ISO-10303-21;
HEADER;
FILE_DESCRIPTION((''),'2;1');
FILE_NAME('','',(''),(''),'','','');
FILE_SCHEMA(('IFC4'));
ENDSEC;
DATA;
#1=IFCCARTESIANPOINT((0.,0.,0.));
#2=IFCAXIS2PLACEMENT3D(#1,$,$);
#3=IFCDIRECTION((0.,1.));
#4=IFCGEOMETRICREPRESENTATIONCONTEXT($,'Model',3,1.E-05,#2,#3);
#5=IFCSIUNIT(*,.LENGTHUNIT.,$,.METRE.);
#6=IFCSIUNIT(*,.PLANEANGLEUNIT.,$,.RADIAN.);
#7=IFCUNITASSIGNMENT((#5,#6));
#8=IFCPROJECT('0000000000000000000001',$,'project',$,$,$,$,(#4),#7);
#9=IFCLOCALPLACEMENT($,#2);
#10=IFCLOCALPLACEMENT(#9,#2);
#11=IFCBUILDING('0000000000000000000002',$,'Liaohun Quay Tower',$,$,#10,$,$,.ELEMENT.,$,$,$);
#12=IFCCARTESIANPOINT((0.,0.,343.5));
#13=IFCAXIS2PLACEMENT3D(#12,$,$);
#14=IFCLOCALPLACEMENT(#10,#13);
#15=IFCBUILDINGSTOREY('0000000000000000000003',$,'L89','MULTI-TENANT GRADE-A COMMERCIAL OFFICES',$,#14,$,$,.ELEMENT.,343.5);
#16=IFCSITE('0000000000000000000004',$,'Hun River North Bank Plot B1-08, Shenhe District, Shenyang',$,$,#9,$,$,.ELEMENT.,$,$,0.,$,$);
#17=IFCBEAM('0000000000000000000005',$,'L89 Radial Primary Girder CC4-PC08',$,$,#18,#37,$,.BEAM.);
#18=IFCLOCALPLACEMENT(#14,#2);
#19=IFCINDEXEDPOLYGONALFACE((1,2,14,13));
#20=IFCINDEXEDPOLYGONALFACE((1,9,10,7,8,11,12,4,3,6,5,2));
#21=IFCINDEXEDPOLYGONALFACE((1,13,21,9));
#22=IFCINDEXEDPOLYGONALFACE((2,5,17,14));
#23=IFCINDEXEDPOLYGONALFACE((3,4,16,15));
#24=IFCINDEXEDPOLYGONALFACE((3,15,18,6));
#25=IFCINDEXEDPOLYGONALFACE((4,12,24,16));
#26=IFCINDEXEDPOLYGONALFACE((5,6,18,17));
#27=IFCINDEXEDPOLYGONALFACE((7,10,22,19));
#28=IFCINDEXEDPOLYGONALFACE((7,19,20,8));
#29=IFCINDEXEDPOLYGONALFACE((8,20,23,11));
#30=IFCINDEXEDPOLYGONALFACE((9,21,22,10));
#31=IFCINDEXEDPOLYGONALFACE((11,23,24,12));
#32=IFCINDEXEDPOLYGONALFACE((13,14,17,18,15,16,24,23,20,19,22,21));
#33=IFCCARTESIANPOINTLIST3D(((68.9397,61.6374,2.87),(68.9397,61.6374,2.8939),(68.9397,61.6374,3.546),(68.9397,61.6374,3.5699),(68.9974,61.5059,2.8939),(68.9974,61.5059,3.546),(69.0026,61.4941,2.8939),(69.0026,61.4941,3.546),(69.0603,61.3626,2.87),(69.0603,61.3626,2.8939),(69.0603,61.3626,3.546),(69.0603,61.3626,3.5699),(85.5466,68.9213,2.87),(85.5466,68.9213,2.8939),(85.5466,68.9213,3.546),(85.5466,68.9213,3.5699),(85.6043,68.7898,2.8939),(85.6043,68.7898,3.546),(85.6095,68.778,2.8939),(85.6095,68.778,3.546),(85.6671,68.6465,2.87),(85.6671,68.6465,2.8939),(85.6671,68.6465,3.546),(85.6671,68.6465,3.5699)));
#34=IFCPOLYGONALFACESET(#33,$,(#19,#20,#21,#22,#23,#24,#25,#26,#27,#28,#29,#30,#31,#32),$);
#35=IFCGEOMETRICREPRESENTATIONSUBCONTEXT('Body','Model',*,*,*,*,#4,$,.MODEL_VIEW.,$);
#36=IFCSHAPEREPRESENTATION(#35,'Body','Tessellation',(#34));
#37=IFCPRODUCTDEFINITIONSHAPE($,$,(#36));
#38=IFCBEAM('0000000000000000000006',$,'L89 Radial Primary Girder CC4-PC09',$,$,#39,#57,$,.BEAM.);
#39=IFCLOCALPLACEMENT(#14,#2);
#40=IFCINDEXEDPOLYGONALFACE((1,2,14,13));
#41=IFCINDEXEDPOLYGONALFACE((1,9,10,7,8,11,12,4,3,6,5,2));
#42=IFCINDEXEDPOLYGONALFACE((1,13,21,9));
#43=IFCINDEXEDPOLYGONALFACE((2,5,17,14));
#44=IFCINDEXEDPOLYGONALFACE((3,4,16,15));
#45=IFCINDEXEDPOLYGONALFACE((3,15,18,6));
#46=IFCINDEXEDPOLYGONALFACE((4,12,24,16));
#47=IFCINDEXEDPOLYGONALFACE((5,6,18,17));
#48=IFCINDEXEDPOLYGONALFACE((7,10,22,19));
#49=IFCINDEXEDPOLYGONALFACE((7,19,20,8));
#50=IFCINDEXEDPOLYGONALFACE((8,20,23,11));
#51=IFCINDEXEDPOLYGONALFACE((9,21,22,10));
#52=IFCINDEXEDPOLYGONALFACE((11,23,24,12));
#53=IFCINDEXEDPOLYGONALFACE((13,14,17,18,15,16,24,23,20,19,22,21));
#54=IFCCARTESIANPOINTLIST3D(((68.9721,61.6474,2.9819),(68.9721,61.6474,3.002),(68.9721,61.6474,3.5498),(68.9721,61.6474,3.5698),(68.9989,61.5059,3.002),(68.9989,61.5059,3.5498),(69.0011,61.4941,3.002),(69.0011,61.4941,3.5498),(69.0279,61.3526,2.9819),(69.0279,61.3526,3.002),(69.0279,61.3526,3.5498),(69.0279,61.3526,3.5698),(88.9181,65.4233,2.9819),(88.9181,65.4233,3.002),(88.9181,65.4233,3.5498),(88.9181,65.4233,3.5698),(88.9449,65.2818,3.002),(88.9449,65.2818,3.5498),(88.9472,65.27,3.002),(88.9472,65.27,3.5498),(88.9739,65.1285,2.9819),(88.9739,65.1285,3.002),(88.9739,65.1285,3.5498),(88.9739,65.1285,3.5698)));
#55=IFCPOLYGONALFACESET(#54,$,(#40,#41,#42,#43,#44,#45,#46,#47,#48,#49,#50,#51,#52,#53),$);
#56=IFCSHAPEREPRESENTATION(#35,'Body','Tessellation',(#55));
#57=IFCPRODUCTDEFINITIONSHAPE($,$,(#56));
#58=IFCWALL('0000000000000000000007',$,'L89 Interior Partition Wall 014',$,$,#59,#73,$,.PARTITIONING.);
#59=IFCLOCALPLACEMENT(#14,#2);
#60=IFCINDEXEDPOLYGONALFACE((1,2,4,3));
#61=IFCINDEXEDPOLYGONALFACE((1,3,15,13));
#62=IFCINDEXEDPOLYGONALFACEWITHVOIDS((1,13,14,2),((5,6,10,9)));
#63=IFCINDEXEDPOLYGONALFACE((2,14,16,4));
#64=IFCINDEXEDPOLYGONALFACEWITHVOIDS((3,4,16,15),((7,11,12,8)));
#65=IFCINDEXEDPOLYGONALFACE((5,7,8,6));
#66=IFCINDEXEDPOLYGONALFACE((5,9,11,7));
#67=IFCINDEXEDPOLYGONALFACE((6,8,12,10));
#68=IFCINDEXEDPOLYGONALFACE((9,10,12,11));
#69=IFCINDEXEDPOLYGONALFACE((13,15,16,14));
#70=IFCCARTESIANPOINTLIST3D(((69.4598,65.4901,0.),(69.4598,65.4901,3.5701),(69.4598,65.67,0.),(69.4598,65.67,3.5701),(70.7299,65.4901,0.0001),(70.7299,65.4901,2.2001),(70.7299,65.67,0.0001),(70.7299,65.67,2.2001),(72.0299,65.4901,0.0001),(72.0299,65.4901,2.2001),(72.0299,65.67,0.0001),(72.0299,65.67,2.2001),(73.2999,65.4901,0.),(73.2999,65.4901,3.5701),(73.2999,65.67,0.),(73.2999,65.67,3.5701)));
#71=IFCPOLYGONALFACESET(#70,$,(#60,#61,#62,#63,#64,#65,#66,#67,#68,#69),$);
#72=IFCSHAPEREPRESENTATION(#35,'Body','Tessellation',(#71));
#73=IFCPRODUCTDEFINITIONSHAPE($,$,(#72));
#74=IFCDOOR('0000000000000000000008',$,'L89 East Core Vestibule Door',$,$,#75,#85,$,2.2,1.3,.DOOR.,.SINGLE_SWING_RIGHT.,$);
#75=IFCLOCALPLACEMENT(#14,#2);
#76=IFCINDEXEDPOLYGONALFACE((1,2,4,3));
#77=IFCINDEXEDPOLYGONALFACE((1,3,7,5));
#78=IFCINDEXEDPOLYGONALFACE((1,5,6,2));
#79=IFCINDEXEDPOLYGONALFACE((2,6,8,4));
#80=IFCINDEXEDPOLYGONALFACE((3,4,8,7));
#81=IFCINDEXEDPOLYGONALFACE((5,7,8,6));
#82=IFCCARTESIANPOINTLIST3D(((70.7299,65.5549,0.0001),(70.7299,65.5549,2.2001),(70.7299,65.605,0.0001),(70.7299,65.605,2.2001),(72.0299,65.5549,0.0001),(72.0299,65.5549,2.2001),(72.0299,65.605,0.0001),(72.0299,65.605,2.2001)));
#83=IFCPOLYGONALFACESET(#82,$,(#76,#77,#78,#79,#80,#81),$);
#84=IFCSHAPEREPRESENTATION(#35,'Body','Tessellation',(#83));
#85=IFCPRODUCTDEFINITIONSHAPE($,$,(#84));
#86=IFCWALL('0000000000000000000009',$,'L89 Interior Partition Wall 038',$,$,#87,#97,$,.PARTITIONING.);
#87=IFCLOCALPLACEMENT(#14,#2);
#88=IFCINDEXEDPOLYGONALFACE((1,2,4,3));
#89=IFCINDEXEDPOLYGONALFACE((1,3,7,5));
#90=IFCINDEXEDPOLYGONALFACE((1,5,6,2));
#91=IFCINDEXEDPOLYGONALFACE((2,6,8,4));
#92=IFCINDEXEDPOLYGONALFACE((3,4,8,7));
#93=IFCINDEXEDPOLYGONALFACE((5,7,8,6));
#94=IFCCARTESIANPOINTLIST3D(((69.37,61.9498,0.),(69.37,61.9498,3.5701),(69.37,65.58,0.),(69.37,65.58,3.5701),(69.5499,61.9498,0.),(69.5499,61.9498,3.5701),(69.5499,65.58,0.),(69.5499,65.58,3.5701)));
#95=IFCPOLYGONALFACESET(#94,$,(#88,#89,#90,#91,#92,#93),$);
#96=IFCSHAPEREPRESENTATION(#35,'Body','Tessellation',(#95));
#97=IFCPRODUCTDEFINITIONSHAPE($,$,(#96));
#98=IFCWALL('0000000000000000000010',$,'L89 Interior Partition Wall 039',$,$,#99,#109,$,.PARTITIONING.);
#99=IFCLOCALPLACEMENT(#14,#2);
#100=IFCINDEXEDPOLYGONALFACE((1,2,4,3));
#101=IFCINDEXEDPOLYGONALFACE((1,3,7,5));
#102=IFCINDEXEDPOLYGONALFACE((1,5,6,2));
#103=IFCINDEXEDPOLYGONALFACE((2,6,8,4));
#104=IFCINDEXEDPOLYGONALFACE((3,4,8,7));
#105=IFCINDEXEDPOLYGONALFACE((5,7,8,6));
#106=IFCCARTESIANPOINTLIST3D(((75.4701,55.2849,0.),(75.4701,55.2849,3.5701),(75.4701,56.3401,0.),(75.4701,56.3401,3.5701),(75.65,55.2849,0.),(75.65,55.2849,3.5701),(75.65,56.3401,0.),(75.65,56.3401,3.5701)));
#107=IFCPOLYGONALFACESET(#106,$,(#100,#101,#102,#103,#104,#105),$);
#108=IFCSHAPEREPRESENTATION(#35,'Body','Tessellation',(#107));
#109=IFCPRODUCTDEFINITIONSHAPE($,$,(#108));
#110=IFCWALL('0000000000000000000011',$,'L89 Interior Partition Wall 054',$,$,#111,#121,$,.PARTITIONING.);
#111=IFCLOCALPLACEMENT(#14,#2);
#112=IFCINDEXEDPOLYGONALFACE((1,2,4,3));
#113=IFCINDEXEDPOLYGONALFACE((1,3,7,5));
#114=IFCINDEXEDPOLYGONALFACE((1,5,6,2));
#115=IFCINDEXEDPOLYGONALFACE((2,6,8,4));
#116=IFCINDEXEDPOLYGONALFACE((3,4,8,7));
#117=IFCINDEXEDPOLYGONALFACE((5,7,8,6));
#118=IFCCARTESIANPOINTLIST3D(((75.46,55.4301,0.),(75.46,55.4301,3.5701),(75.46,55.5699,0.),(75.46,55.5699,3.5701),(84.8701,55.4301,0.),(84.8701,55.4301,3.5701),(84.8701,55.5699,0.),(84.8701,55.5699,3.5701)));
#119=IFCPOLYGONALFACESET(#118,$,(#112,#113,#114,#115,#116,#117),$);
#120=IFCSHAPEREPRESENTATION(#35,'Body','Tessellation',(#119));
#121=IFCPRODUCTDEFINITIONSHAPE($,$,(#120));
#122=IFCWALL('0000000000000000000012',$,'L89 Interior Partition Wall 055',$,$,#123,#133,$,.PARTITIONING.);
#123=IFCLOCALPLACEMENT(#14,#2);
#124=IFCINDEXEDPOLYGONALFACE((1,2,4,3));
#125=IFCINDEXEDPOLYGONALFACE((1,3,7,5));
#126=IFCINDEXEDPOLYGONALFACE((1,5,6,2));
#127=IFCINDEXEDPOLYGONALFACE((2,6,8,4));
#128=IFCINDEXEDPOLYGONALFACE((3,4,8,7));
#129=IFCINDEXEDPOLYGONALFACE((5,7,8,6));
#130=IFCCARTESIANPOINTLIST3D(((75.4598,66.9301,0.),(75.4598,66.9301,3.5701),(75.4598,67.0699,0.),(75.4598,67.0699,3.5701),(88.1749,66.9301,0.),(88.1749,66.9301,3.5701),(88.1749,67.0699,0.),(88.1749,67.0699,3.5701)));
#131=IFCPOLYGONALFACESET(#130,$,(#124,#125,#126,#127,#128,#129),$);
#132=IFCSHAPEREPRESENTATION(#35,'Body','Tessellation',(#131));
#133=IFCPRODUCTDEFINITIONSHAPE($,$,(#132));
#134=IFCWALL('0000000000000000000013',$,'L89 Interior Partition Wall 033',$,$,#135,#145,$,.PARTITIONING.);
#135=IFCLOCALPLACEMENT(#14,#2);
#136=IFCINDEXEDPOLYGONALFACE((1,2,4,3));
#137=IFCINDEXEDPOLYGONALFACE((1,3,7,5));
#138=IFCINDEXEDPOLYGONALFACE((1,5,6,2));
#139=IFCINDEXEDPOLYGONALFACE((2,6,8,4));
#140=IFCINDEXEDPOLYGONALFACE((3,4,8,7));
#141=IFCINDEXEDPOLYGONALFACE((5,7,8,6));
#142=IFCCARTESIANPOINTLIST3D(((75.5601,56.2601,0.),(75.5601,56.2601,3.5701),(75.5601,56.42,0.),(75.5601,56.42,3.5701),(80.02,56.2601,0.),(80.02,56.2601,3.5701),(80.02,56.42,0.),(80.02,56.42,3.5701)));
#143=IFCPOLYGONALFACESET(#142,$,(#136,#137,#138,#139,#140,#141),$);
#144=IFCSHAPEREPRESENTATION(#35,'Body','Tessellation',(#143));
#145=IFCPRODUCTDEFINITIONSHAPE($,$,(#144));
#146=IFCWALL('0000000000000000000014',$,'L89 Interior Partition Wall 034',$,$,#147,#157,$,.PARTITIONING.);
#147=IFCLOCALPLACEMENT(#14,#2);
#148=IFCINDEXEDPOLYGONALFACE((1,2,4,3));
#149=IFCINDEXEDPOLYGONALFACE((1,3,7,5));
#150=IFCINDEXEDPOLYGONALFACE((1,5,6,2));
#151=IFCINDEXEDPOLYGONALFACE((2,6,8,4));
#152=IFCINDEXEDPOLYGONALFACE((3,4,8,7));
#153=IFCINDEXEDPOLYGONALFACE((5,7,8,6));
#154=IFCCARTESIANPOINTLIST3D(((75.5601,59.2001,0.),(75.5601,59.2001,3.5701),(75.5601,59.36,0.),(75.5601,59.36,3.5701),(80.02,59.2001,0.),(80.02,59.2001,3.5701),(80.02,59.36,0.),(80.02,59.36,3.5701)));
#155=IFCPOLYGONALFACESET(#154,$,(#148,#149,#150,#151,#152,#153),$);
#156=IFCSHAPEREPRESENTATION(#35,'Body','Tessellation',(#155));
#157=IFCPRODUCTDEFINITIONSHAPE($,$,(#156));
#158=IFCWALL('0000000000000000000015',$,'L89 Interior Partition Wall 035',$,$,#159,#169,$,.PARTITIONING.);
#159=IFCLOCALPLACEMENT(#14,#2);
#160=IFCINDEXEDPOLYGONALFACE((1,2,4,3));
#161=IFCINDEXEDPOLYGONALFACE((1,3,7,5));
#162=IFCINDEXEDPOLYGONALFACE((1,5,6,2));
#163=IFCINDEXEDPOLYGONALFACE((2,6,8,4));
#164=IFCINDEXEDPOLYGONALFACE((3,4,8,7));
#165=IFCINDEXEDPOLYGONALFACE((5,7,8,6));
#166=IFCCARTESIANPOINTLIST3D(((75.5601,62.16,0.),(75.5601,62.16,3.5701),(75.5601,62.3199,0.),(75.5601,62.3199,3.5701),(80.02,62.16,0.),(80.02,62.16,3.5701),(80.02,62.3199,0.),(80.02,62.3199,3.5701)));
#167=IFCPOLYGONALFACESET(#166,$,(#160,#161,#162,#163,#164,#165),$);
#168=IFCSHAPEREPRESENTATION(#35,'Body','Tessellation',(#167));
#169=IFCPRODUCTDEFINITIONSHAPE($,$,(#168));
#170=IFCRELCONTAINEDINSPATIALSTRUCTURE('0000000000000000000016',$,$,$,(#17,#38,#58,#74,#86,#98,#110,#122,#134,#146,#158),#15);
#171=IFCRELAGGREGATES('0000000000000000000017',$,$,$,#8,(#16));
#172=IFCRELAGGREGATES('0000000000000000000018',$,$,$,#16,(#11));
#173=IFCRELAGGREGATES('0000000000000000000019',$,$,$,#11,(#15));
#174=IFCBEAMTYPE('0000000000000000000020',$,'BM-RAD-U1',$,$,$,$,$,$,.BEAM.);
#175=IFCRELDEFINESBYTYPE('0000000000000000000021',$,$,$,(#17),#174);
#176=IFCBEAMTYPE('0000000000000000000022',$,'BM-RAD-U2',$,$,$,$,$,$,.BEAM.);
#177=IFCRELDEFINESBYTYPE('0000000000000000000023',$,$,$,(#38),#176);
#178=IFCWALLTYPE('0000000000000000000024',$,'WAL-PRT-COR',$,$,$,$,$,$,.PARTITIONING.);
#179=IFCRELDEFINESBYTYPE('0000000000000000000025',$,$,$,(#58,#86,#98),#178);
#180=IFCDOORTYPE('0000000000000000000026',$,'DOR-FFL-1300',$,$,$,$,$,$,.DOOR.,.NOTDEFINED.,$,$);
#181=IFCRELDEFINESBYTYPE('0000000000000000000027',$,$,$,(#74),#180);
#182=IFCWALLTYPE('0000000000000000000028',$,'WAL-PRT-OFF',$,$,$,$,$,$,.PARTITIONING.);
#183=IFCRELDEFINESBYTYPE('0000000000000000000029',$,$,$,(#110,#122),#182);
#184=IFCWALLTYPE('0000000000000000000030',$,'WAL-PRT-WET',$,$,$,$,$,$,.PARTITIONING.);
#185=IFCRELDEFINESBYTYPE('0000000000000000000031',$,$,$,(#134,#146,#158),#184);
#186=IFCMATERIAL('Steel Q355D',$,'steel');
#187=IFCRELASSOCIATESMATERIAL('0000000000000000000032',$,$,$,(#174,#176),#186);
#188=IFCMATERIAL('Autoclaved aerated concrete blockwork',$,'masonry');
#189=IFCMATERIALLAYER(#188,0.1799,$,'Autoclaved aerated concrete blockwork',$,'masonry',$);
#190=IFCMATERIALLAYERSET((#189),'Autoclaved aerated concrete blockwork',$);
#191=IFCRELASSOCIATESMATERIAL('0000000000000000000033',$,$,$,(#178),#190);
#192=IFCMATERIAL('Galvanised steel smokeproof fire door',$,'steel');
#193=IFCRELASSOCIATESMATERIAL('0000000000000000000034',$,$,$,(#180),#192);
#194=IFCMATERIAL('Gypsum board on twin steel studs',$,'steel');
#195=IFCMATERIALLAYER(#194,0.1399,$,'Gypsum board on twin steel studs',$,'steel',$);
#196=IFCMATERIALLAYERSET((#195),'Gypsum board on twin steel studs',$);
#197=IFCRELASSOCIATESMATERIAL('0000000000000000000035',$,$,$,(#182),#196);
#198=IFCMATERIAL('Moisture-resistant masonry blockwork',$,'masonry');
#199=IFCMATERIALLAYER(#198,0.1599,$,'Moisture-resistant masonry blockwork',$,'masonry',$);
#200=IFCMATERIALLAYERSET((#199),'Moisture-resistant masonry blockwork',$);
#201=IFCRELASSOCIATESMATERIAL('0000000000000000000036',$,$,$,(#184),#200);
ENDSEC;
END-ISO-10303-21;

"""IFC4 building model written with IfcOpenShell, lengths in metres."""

from ifc_helpers import new_model, si_unit, direction, frame, frame_2d, origin, origin_2d, place, context, subcontext, project, spatial, rectangle, i_section, extrude, source, transform, mapped, material, layer, layer_set, material_profile, profile_set, type_object, element, fill, save


model = new_model("IFC4")

# Units and contexts
model_context = context("Model", 3, precision=1e-05, world=origin(), true_north=direction((0.0, 1.0)))
body_context = subcontext(model_context, "Body", "Model", "MODEL_VIEW")
ifc_project = project(units=[si_unit("LENGTHUNIT", "METRE"), si_unit("PLANEANGLEUNIT", "RADIAN")], contexts=[model_context])

# Site, building, storey
site_placement = place(None, origin())
site = spatial("IfcSite", under=ifc_project, at=site_placement, Name="Hun River North Bank Plot B1-08, Shenhe District, Shenyang", CompositionType="ELEMENT", RefElevation=0.0)
building_placement = place(site_placement, origin())
building = spatial("IfcBuilding", under=site, at=building_placement, Name="Liaohun Quay Tower", CompositionType="ELEMENT")
storey_placement = place(building_placement, frame((0.0, 0.0, 343.5)))
storey = spatial("IfcBuildingStorey", under=building, at=storey_placement, Name="L89", Description="MULTI-TENANT GRADE-A COMMERCIAL OFFICES", CompositionType="ELEMENT", Elevation=343.5)

# Beams
ifc_material_1 = material(Name="Steel Q355D", Category="steel")
ifc_material_profile_1 = material_profile(ifc_material_1, i_section(OverallWidth=0.3, OverallDepth=0.7, WebThickness=0.0129, FlangeThickness=0.0239, at=origin_2d()), Name="HN700x300x13x24")
ifc_profile_set_1 = profile_set([ifc_material_profile_1], Name="Steel Q355D")
beam_type_1 = type_object("IfcBeamType", Name="BM-RAD-U1", PredefinedType="BEAM", material=ifc_profile_set_1)
shared_shape_1 = source(origin(), body_context, "Body", "SweptSolid", [
    extrude(i_section(OverallWidth=0.3, OverallDepth=0.7, WebThickness=0.0129, FlangeThickness=0.0239, at=origin_2d()), origin(), (0.0, 0.0, 1.0), 18.134),
])
beam_1_placement = place(storey_placement, frame((69.0, 61.5, 3.22), z_axis=(0.915784, 0.40167, 0.0), x_axis=(-0.40167, 0.915784, 0.0)))
element("IfcBeam", 1, at=beam_1_placement, inside=storey, type_object=beam_type_1, Name="L89 Radial Primary Girder CC4-PC08", PredefinedType="BEAM", context=body_context, shape_type="MappedRepresentation", body=[
    mapped(shared_shape_1, transform((0.0, 0.0, 0.0), x_axis=(1.0, 0.0, 0.0), y_axis=(0.0, 1.0, 0.0), z_axis=(0.0, 0.0, 1.0), scale=1.0)),
])
ifc_material_profile_2 = material_profile(ifc_material_1, i_section(OverallWidth=0.3, OverallDepth=0.5879, WebThickness=0.012, FlangeThickness=0.02, at=origin_2d()), Name="HM588x300x12x20")
ifc_profile_set_2 = profile_set([ifc_material_profile_2], Name="Steel Q355D")
beam_type_2 = type_object("IfcBeamType", Name="BM-RAD-U2", PredefinedType="BEAM", material=ifc_profile_set_2)
shared_shape_2 = source(origin(), body_context, "Body", "SweptSolid", [
    extrude(i_section(OverallWidth=0.3, OverallDepth=0.5879, WebThickness=0.012, FlangeThickness=0.02, at=origin_2d()), origin(), (0.0, 0.0, 1.0), 20.3003),
])
beam_2_placement = place(storey_placement, frame((69.0, 61.5, 3.2759), z_axis=(0.98255, 0.186001, 0.0), x_axis=(-0.186001, 0.98255, 0.0)))
element("IfcBeam", 2, at=beam_2_placement, inside=storey, type_object=beam_type_2, Name="L89 Radial Primary Girder CC4-PC09", PredefinedType="BEAM", context=body_context, shape_type="MappedRepresentation", body=[
    mapped(shared_shape_2, transform((0.0, 0.0, 0.0), x_axis=(1.0, 0.0, 0.0), y_axis=(0.0, 1.0, 0.0), z_axis=(0.0, 0.0, 1.0), scale=1.0)),
])

# Wall, opening, door
ifc_material_2 = material(Name="Autoclaved aerated concrete blockwork", Category="masonry")
ifc_layer_1 = layer(ifc_material_2, 0.1799, Name="Autoclaved aerated concrete blockwork", Category="masonry")
ifc_layer_set_1 = layer_set([ifc_layer_1], Name="Autoclaved aerated concrete blockwork")
wall_type_1 = type_object("IfcWallType", Name="WAL-PRT-COR", PredefinedType="PARTITIONING", material=ifc_layer_set_1)
wall_1_placement = place(storey_placement, frame((69.46, 65.5801, 0.0), z_axis=(0.0, 0.0, 1.0), x_axis=(1.0, 0.0, 0.0)))
wall_1 = element("IfcWall", 3, at=wall_1_placement, inside=storey, type_object=wall_type_1, Name="L89 Interior Partition Wall 014", PredefinedType="PARTITIONING", context=body_context, shape_type="SweptSolid", body=[
    extrude(rectangle(XDim=3.8401, YDim=0.1799, at=frame_2d((1.9199, 0.0))), origin(), (0.0, 0.0, 1.0), 3.5701),
])
shared_shape_3 = source(origin(), body_context, "Body", "SweptSolid", [
    extrude(rectangle(XDim=1.3, YDim=2.2, at=frame_2d((0.6499, 1.1001))), frame((0.0, 0.0999, 0.0), z_axis=(0.0, -1.0, 0.0), x_axis=(1.0, 0.0, 0.0)), (0.0, 0.0, 1.0), 0.2),
])
opening_1_placement = place(wall_1_placement, frame((1.27, 0.0, 0.0)))
opening_1 = element("IfcOpeningElement", 4, at=opening_1_placement, cuts=wall_1, PredefinedType="OPENING", context=body_context, shape_type="MappedRepresentation", body=[
    mapped(shared_shape_3, transform((0.0, 0.0, 0.0), x_axis=(1.0, 0.0, 0.0), y_axis=(0.0, 1.0, 0.0), z_axis=(0.0, 0.0, 1.0), scale=1.0)),
])
ifc_material_3 = material(Name="Galvanised steel smokeproof fire door", Category="steel")
door_type_1 = type_object("IfcDoorType", Name="DOR-FFL-1300", OperationType="NOTDEFINED", PredefinedType="DOOR", material=ifc_material_3)
shared_shape_4 = source(origin(), body_context, "Body", "SweptSolid", [
    extrude(rectangle(XDim=1.3, YDim=2.2, at=frame_2d((0.6499, 1.1001))), frame((0.0, 0.0249, 0.0), z_axis=(0.0, -1.0, 0.0), x_axis=(1.0, 0.0, 0.0)), (0.0, 0.0, 1.0), 0.05),
])
door_1_placement = place(opening_1_placement, origin())
door_1 = element("IfcDoor", 5, at=door_1_placement, inside=storey, type_object=door_type_1, Name="L89 East Core Vestibule Door", OperationType="SINGLE_SWING_RIGHT", OverallHeight=2.2, OverallWidth=1.3, PredefinedType="DOOR", context=body_context, shape_type="MappedRepresentation", body=[
    mapped(shared_shape_4, transform((0.0, 0.0, 0.0), x_axis=(1.0, 0.0, 0.0), y_axis=(0.0, 1.0, 0.0), z_axis=(0.0, 0.0, 1.0), scale=1.0)),
])
fill(opening_1, door_1)

# Walls
wall_2_placement = place(storey_placement, frame((69.46, 61.95, 0.0), z_axis=(0.0, 0.0, 1.0), x_axis=(0.0, 1.0, 0.0)))
element("IfcWall", 6, at=wall_2_placement, inside=storey, type_object=wall_type_1, Name="L89 Interior Partition Wall 038", PredefinedType="PARTITIONING", context=body_context, shape_type="SweptSolid", body=[
    extrude(rectangle(XDim=3.6301, YDim=0.1799, at=frame_2d((1.8149, 0.0))), origin(), (0.0, 0.0, 1.0), 3.5701),
])
wall_3_placement = place(storey_placement, frame((75.5601, 56.3401, 0.0), z_axis=(0.0, 0.0, 1.0), x_axis=(0.0, -1.0, 0.0)))
element("IfcWall", 7, at=wall_3_placement, inside=storey, type_object=wall_type_1, Name="L89 Interior Partition Wall 039", PredefinedType="PARTITIONING", context=body_context, shape_type="SweptSolid", body=[
    extrude(rectangle(XDim=1.0552, YDim=0.1799, at=frame_2d((0.5276, 0.0))), origin(), (0.0, 0.0, 1.0), 3.5701),
])
ifc_material_4 = material(Name="Gypsum board on twin steel studs", Category="steel")
ifc_layer_2 = layer(ifc_material_4, 0.1399, Name="Gypsum board on twin steel studs", Category="steel")
ifc_layer_set_2 = layer_set([ifc_layer_2], Name="Gypsum board on twin steel studs")
wall_type_2 = type_object("IfcWallType", Name="WAL-PRT-OFF", PredefinedType="PARTITIONING", material=ifc_layer_set_2)
wall_4_placement = place(storey_placement, frame((75.46, 55.5, 0.0), z_axis=(0.0, 0.0, 1.0), x_axis=(1.0, 0.0, 0.0)))
element("IfcWall", 8, at=wall_4_placement, inside=storey, type_object=wall_type_2, Name="L89 Interior Partition Wall 054", PredefinedType="PARTITIONING", context=body_context, shape_type="SweptSolid", body=[
    extrude(rectangle(XDim=9.4102, YDim=0.1399, at=frame_2d((4.7051, 0.0))), origin(), (0.0, 0.0, 1.0), 3.5701),
])
wall_5_placement = place(storey_placement, frame((75.46, 67.0, 0.0), z_axis=(0.0, 0.0, 1.0), x_axis=(1.0, 0.0, 0.0)))
element("IfcWall", 9, at=wall_5_placement, inside=storey, type_object=wall_type_2, Name="L89 Interior Partition Wall 055", PredefinedType="PARTITIONING", context=body_context, shape_type="SweptSolid", body=[
    extrude(rectangle(XDim=12.7151, YDim=0.1399, at=frame_2d((6.3574, 0.0))), origin(), (0.0, 0.0, 1.0), 3.5701),
])

# Shared definitions
ifc_material_5 = material(Name="Moisture-resistant masonry blockwork", Category="masonry")
ifc_layer_3 = layer(ifc_material_5, 0.1599, Name="Moisture-resistant masonry blockwork", Category="masonry")
ifc_layer_set_3 = layer_set([ifc_layer_3], Name="Moisture-resistant masonry blockwork")
wall_type_3 = type_object("IfcWallType", Name="WAL-PRT-WET", PredefinedType="PARTITIONING", material=ifc_layer_set_3)

# Walls
for number, where, z_axis, x_axis, name in (
    (10, (75.5601, 56.3401, 0.0), (0.0, 0.0, 1.0), (1.0, 0.0, 0.0), "L89 Interior Partition Wall 033"),
    (11, (75.5601, 59.28, 0.0), (0.0, 0.0, 1.0), (1.0, 0.0, 0.0), "L89 Interior Partition Wall 034"),
    (12, (75.5601, 62.24, 0.0), (0.0, 0.0, 1.0), (1.0, 0.0, 0.0), "L89 Interior Partition Wall 035"),
):
    element("IfcWall", number, at=place(storey_placement, frame(where, z_axis=z_axis, x_axis=x_axis)), inside=storey, type_object=wall_type_3, Name=name, PredefinedType="PARTITIONING", context=body_context, shape_type="SweptSolid", body=[
        extrude(rectangle(XDim=4.46, YDim=0.1599, at=frame_2d((2.23, 0.0))), origin(), (0.0, 0.0, 1.0), 3.5701),
    ])

save(model, "model.ifc")
